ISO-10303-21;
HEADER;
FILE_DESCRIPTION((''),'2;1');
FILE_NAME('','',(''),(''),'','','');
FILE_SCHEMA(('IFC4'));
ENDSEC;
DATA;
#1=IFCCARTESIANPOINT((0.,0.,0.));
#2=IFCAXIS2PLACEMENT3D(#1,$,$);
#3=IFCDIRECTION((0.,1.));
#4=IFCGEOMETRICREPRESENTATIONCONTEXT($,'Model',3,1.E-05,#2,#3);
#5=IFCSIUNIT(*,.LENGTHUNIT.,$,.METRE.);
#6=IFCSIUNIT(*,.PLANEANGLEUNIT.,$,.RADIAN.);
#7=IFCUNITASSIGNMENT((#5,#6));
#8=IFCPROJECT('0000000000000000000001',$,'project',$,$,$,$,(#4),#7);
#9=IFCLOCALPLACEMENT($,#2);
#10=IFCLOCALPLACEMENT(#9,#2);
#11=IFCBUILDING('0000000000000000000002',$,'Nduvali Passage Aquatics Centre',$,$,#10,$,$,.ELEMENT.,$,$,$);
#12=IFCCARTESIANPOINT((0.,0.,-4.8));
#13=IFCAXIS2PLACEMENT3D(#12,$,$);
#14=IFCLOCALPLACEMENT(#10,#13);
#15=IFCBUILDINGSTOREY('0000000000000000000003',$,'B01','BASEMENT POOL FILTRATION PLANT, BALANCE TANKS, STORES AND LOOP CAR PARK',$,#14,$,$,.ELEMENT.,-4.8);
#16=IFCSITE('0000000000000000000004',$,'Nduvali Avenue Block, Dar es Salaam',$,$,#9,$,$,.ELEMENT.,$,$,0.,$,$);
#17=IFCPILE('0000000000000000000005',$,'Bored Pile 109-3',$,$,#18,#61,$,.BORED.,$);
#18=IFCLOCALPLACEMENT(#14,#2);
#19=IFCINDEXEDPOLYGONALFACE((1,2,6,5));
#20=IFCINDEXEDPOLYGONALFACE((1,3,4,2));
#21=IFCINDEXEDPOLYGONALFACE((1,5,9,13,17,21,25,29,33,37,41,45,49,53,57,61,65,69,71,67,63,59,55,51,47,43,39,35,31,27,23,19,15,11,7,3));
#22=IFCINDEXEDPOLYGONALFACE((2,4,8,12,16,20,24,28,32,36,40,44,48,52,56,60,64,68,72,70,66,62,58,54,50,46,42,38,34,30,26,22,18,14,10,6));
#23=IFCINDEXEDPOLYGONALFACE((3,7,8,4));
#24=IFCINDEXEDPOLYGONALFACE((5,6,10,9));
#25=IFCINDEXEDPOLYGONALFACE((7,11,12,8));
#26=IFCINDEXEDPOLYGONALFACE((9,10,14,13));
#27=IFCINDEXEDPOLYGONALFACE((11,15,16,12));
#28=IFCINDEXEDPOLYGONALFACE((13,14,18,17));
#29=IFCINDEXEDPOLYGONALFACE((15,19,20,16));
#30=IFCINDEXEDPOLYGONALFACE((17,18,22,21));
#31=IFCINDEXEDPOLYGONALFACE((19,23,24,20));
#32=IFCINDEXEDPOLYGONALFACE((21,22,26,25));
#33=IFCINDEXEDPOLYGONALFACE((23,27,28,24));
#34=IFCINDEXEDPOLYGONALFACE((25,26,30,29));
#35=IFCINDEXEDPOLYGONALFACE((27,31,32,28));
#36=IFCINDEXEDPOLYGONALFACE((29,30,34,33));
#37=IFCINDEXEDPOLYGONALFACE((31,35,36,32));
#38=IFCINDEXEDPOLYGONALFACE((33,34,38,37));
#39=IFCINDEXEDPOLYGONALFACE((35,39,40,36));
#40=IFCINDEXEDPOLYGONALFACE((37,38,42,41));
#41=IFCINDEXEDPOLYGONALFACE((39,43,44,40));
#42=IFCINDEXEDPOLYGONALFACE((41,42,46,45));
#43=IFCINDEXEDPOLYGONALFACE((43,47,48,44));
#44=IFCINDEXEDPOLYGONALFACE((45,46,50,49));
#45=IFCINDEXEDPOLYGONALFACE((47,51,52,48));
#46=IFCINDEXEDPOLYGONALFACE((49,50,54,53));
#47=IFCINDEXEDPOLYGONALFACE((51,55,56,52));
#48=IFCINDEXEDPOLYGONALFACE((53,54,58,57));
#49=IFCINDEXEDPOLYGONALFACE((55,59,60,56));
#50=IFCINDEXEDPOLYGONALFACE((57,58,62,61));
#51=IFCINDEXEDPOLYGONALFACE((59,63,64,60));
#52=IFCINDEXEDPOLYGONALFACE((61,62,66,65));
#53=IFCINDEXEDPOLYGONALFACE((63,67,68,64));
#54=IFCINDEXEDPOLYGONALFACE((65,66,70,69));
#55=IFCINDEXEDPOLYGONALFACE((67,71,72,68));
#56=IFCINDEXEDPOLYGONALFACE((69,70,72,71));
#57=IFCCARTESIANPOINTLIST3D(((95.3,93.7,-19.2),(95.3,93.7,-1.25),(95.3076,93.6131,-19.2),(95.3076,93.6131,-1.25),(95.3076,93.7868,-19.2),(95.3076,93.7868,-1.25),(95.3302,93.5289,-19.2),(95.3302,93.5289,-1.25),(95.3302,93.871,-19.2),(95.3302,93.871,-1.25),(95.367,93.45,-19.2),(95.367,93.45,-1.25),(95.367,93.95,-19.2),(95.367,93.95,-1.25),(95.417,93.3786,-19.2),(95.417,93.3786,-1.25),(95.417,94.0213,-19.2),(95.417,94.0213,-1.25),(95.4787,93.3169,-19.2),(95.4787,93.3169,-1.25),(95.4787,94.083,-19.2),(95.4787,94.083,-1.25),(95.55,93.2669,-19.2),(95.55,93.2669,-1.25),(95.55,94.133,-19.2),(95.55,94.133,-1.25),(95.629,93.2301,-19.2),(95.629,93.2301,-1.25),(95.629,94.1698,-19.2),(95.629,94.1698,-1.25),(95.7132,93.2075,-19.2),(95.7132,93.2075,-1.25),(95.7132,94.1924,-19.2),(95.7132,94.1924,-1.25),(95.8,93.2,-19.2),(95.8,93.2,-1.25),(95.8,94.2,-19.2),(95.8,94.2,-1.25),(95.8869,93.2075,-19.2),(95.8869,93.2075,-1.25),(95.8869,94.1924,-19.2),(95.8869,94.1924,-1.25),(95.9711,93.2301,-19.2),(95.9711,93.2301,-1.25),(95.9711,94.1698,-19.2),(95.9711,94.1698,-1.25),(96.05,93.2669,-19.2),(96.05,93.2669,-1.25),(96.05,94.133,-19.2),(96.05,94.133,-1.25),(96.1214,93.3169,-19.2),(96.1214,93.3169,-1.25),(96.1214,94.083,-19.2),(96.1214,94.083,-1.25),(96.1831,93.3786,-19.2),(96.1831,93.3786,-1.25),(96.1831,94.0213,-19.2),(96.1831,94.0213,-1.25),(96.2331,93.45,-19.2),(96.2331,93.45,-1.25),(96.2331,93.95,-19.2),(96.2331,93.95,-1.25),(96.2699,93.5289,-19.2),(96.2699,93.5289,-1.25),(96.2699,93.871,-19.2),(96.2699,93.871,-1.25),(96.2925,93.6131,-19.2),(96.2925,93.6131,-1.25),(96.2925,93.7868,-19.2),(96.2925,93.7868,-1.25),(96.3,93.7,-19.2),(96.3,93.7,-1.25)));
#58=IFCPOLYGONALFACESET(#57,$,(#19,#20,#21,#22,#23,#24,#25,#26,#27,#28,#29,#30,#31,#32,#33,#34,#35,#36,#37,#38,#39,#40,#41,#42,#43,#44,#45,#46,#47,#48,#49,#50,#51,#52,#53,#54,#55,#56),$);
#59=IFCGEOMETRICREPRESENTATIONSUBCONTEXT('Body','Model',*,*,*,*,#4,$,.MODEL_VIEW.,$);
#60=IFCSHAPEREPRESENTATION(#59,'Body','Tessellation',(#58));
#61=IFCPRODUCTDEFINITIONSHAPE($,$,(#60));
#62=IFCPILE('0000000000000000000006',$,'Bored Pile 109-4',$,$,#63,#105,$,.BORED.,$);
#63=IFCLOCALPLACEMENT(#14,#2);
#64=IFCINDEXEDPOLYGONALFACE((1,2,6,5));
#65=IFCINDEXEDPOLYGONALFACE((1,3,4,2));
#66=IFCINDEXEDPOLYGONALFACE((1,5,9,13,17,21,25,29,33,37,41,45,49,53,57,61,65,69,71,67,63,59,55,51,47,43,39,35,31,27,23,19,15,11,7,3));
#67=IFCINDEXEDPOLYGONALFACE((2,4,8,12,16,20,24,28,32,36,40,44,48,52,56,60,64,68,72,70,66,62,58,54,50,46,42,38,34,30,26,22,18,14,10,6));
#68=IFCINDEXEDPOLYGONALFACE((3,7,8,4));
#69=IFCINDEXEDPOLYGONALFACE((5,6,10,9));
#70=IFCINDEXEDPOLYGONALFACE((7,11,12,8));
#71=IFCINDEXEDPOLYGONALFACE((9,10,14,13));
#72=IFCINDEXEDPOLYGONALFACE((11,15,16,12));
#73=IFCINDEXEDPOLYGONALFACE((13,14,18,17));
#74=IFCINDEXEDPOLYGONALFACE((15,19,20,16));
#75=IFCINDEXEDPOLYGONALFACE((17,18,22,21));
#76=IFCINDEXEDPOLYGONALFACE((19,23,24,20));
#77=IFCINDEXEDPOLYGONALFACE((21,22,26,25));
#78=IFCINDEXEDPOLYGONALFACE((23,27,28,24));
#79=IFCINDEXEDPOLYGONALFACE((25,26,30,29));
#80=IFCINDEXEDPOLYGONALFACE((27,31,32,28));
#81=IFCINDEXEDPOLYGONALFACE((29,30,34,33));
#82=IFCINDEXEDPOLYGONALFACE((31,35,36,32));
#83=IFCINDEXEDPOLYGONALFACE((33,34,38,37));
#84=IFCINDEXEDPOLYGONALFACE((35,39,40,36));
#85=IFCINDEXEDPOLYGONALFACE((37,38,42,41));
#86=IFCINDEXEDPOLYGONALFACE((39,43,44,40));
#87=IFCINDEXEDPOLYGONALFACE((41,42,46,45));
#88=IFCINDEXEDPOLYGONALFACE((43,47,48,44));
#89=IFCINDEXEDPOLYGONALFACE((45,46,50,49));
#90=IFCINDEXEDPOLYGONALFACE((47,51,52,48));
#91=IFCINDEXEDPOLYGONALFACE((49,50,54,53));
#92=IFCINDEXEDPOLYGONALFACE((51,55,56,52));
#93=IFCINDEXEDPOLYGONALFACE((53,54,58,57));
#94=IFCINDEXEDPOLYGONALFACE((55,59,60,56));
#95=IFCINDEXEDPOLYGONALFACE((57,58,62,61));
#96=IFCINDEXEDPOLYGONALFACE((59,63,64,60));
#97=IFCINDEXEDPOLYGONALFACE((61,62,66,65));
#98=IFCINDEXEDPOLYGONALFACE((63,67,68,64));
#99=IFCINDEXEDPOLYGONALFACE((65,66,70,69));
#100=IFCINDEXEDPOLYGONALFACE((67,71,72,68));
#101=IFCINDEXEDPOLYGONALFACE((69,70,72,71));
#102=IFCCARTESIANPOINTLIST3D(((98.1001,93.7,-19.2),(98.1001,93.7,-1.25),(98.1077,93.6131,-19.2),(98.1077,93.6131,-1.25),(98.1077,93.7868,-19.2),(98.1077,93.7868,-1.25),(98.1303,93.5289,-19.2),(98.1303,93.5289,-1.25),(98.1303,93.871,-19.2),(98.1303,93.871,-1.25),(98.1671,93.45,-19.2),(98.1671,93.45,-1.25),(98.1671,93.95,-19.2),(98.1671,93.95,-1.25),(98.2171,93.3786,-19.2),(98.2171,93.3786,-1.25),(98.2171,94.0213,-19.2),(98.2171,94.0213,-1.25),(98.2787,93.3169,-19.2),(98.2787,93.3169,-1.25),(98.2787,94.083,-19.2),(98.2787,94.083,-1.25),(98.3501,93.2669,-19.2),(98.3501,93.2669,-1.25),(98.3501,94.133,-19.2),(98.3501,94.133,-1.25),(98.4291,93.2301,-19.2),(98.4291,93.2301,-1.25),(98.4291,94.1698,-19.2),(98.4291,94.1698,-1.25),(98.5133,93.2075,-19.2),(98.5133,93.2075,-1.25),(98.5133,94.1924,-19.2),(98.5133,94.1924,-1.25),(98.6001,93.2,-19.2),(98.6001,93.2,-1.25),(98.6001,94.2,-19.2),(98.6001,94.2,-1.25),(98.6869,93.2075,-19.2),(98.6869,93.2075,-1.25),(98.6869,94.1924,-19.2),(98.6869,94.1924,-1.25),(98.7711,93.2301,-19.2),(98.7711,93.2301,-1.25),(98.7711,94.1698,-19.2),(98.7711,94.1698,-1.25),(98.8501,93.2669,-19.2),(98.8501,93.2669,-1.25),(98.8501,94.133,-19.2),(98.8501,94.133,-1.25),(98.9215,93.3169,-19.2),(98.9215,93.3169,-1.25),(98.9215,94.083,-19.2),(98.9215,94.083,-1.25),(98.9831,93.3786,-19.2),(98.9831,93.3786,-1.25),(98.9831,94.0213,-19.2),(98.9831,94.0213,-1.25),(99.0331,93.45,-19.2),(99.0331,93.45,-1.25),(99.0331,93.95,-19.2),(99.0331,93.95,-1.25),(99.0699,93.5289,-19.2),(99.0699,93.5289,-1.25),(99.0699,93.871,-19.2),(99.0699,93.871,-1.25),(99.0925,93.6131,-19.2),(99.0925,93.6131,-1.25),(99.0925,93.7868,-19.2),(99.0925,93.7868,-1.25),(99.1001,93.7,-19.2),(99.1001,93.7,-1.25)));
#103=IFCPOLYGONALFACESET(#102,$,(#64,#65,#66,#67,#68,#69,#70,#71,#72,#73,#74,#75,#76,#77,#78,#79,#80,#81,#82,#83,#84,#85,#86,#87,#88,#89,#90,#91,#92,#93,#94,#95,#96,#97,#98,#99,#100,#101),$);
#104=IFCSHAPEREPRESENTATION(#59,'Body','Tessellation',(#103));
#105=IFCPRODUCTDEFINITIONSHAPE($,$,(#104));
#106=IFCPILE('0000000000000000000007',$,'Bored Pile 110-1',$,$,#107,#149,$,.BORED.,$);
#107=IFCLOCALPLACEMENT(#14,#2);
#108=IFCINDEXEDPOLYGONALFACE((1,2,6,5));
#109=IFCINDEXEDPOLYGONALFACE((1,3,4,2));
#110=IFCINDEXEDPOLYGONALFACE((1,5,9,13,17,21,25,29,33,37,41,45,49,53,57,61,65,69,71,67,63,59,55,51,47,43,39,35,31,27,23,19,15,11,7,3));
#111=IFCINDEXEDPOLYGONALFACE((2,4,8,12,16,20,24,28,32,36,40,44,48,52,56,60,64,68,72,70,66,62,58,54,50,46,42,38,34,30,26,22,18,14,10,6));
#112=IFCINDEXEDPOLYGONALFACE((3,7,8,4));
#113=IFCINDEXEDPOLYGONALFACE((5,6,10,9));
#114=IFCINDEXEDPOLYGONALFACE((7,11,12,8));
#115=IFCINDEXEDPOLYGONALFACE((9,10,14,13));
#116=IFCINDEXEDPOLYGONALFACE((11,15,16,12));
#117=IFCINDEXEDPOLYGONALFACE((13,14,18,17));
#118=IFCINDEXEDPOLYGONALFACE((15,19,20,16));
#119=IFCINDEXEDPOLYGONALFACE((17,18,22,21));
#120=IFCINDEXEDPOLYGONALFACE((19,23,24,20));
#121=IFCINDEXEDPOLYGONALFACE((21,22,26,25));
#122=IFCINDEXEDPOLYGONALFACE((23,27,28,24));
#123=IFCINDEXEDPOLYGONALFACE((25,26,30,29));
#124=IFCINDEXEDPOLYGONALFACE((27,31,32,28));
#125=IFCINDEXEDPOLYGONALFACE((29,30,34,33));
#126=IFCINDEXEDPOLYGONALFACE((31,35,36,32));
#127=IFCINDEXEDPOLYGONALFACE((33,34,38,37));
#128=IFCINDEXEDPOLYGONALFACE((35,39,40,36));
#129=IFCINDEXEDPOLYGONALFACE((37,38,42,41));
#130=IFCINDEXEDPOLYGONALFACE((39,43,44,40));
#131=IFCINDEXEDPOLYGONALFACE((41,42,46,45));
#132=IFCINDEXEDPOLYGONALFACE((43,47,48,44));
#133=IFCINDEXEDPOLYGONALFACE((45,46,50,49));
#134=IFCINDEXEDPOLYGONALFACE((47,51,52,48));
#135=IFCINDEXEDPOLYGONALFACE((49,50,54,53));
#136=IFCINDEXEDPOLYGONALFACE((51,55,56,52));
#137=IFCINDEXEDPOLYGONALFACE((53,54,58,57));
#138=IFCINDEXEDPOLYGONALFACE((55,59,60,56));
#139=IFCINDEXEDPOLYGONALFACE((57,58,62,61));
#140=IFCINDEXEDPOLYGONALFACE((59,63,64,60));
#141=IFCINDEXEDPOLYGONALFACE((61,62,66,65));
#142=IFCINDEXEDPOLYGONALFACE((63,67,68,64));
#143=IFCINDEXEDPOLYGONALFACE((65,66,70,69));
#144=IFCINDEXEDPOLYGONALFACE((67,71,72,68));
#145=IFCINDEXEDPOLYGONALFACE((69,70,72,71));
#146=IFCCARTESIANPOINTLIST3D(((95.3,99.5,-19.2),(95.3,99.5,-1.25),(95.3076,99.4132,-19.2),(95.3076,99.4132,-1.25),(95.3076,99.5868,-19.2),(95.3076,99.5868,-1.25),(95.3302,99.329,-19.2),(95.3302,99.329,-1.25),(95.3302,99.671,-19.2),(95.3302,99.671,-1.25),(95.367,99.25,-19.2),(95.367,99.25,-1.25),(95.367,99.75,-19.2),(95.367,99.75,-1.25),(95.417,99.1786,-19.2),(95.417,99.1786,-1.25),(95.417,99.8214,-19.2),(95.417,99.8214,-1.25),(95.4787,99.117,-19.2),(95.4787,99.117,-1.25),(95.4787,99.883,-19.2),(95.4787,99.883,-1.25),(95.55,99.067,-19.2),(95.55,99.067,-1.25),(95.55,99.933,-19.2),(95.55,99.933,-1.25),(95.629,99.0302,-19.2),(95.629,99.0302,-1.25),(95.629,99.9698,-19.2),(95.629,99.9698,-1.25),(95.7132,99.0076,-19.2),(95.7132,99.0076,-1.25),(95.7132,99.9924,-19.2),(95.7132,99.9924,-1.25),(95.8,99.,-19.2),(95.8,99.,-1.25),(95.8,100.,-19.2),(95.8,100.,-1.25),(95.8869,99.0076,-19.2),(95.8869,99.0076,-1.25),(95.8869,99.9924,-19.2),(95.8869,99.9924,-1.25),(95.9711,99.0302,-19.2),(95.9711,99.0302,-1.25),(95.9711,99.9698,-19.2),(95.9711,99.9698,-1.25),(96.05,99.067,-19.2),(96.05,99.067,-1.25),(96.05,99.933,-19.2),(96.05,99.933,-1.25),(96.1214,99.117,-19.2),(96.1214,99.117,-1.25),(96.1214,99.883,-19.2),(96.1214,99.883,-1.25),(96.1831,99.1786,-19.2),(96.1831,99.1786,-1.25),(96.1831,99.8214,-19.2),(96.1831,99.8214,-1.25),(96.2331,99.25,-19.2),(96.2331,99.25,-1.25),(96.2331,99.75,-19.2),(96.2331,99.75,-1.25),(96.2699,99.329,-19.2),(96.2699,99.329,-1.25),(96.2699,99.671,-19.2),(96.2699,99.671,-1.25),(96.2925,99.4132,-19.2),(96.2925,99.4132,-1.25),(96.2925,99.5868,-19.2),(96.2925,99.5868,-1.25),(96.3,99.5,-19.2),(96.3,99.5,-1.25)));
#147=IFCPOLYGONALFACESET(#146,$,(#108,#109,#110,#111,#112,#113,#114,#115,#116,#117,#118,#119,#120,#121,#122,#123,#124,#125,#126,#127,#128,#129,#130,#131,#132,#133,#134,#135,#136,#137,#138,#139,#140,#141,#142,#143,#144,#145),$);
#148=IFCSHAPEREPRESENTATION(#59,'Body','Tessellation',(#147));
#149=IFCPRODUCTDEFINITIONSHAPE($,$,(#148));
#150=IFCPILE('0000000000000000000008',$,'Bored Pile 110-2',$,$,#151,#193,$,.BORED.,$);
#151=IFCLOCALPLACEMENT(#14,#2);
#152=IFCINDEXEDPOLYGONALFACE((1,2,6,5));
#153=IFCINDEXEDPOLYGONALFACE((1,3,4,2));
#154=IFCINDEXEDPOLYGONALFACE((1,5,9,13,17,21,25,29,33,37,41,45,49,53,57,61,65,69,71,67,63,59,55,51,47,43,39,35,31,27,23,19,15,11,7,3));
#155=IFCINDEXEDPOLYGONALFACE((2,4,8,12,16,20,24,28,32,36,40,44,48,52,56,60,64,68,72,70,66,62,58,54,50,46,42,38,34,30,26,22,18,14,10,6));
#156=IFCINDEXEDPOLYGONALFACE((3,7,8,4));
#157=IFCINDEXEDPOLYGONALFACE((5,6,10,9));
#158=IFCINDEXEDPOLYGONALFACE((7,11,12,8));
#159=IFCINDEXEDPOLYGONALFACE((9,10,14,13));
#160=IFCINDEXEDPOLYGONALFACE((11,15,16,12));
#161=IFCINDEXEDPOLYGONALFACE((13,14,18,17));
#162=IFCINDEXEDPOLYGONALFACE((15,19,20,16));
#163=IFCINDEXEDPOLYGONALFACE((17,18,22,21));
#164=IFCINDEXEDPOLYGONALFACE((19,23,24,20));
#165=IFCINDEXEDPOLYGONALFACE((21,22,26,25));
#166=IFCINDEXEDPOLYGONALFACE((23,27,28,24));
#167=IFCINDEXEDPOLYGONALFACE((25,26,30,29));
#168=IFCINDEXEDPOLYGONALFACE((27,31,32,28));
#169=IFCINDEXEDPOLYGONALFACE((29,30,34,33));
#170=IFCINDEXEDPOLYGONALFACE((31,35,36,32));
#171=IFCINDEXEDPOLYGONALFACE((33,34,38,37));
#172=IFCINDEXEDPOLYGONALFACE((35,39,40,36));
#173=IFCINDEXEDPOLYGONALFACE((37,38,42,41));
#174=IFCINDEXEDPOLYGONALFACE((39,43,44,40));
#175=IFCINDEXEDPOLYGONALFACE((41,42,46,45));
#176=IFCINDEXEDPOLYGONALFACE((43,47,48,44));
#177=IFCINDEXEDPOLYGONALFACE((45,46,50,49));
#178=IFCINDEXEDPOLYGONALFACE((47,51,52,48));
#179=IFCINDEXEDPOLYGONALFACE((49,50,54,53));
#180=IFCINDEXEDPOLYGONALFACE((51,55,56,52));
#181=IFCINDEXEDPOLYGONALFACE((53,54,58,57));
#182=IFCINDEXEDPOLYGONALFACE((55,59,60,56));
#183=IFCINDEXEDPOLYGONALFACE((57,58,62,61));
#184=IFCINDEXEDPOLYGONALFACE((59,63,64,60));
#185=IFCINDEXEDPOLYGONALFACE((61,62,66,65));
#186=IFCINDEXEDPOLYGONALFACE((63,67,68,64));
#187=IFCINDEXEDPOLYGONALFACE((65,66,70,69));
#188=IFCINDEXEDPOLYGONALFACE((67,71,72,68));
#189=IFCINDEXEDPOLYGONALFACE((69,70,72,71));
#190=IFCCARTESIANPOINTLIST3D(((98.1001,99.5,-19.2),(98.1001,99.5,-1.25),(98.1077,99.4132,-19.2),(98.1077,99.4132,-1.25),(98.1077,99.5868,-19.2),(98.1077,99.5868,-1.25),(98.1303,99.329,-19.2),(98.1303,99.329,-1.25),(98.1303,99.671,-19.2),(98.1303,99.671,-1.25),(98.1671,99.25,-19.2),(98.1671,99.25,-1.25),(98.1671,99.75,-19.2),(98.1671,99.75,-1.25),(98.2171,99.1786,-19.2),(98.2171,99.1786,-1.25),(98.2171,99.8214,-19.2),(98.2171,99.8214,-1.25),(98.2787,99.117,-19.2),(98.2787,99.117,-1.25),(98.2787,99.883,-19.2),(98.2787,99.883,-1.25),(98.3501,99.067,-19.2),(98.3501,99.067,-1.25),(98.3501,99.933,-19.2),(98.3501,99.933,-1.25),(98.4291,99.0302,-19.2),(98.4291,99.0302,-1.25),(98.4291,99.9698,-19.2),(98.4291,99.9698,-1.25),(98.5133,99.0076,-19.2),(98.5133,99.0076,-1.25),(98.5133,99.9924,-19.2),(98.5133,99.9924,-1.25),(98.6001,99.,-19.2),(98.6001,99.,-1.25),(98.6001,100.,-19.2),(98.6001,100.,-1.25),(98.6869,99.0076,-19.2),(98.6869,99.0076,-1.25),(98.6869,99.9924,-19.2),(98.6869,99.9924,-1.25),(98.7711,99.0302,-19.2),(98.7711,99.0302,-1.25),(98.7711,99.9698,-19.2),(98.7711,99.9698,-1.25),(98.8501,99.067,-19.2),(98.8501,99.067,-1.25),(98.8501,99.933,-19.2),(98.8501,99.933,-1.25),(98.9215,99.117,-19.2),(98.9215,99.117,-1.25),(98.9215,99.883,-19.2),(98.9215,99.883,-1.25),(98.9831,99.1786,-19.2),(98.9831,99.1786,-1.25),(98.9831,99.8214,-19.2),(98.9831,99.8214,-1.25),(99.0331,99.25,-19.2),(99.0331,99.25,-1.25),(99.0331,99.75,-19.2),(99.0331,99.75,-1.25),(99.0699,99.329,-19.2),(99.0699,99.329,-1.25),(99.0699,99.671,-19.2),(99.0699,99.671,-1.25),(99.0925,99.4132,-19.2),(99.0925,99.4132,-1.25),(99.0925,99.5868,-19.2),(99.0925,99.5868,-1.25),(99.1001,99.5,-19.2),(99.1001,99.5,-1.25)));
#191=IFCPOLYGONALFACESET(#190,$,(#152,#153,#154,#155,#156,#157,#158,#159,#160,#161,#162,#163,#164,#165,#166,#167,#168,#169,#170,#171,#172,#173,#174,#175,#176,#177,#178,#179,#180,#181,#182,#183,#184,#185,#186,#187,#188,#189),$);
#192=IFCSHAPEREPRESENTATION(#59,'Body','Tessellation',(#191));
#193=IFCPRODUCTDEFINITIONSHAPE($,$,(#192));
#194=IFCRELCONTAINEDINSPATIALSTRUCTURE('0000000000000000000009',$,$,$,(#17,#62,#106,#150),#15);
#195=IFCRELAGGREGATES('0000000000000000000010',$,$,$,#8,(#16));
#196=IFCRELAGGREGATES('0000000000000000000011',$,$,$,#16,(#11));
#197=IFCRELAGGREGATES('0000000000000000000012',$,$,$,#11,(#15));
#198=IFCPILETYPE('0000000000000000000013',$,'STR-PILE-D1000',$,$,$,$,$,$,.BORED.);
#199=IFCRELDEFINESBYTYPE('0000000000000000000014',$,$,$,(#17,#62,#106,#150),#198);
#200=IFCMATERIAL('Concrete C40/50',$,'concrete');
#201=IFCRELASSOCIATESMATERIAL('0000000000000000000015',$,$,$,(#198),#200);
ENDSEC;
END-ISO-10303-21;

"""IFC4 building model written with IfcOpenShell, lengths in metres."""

from ifc_helpers import new_model, si_unit, direction, frame, origin, origin_2d, place, context, subcontext, project, spatial, circle, extrude, material, material_profile, profile_set, type_object, element, save


model = new_model("IFC4")

# Units and contexts
model_context = context("Model", 3, precision=1e-05, world=origin(), true_north=direction((0.0, 1.0)))
body_context = subcontext(model_context, "Body", "Model", "MODEL_VIEW")
ifc_project = project(units=[si_unit("LENGTHUNIT", "METRE"), si_unit("PLANEANGLEUNIT", "RADIAN")], contexts=[model_context])

# Site, building, storey
site_placement = place(None, origin())
site = spatial("IfcSite", under=ifc_project, at=site_placement, Name="Nduvali Avenue Block, Dar es Salaam", CompositionType="ELEMENT", RefElevation=0.0)
building_placement = place(site_placement, origin())
building = spatial("IfcBuilding", under=site, at=building_placement, Name="Nduvali Passage Aquatics Centre", CompositionType="ELEMENT")
storey_placement = place(building_placement, frame((0.0, 0.0, -4.8)))
storey = spatial("IfcBuildingStorey", under=building, at=storey_placement, Name="B01", Description="BASEMENT POOL FILTRATION PLANT, BALANCE TANKS, STORES AND LOOP CAR PARK", CompositionType="ELEMENT", Elevation=-4.8)

# Shared definitions
ifc_material_1 = material(Name="Concrete C40/50", Category="concrete")

# Piles
ifc_material_profile_1 = material_profile(ifc_material_1, circle(Radius=0.5, at=origin_2d()), Name="PILE D1000")
ifc_profile_set_1 = profile_set([ifc_material_profile_1], Name="Concrete C40/50")
pile_type_1 = type_object("IfcPileType", Name="STR-PILE-D1000", PredefinedType="BORED", material=ifc_profile_set_1)
for number, where, z_axis, x_axis, name in (
    (1, (95.8, 93.7, -1.25), (0.0, 0.0, -1.0), (1.0, 0.0, 0.0), "Bored Pile 109-3"),
    (2, (98.6001, 93.7, -1.25), (0.0, 0.0, -1.0), (1.0, 0.0, 0.0), "Bored Pile 109-4"),
    (3, (95.8, 99.5, -1.25), (0.0, 0.0, -1.0), (1.0, 0.0, 0.0), "Bored Pile 110-1"),
    (4, (98.6001, 99.5, -1.25), (0.0, 0.0, -1.0), (1.0, 0.0, 0.0), "Bored Pile 110-2"),
):
    element("IfcPile", number, at=place(storey_placement, frame(where, z_axis=z_axis, x_axis=x_axis)), inside=storey, type_object=pile_type_1, Name=name, PredefinedType="BORED", context=body_context, shape_type="SweptSolid", body=[
        extrude(circle(Radius=0.5, at=origin_2d()), origin(), (0.0, 0.0, 1.0), 17.95),
    ])

save(model, "model.ifc")
